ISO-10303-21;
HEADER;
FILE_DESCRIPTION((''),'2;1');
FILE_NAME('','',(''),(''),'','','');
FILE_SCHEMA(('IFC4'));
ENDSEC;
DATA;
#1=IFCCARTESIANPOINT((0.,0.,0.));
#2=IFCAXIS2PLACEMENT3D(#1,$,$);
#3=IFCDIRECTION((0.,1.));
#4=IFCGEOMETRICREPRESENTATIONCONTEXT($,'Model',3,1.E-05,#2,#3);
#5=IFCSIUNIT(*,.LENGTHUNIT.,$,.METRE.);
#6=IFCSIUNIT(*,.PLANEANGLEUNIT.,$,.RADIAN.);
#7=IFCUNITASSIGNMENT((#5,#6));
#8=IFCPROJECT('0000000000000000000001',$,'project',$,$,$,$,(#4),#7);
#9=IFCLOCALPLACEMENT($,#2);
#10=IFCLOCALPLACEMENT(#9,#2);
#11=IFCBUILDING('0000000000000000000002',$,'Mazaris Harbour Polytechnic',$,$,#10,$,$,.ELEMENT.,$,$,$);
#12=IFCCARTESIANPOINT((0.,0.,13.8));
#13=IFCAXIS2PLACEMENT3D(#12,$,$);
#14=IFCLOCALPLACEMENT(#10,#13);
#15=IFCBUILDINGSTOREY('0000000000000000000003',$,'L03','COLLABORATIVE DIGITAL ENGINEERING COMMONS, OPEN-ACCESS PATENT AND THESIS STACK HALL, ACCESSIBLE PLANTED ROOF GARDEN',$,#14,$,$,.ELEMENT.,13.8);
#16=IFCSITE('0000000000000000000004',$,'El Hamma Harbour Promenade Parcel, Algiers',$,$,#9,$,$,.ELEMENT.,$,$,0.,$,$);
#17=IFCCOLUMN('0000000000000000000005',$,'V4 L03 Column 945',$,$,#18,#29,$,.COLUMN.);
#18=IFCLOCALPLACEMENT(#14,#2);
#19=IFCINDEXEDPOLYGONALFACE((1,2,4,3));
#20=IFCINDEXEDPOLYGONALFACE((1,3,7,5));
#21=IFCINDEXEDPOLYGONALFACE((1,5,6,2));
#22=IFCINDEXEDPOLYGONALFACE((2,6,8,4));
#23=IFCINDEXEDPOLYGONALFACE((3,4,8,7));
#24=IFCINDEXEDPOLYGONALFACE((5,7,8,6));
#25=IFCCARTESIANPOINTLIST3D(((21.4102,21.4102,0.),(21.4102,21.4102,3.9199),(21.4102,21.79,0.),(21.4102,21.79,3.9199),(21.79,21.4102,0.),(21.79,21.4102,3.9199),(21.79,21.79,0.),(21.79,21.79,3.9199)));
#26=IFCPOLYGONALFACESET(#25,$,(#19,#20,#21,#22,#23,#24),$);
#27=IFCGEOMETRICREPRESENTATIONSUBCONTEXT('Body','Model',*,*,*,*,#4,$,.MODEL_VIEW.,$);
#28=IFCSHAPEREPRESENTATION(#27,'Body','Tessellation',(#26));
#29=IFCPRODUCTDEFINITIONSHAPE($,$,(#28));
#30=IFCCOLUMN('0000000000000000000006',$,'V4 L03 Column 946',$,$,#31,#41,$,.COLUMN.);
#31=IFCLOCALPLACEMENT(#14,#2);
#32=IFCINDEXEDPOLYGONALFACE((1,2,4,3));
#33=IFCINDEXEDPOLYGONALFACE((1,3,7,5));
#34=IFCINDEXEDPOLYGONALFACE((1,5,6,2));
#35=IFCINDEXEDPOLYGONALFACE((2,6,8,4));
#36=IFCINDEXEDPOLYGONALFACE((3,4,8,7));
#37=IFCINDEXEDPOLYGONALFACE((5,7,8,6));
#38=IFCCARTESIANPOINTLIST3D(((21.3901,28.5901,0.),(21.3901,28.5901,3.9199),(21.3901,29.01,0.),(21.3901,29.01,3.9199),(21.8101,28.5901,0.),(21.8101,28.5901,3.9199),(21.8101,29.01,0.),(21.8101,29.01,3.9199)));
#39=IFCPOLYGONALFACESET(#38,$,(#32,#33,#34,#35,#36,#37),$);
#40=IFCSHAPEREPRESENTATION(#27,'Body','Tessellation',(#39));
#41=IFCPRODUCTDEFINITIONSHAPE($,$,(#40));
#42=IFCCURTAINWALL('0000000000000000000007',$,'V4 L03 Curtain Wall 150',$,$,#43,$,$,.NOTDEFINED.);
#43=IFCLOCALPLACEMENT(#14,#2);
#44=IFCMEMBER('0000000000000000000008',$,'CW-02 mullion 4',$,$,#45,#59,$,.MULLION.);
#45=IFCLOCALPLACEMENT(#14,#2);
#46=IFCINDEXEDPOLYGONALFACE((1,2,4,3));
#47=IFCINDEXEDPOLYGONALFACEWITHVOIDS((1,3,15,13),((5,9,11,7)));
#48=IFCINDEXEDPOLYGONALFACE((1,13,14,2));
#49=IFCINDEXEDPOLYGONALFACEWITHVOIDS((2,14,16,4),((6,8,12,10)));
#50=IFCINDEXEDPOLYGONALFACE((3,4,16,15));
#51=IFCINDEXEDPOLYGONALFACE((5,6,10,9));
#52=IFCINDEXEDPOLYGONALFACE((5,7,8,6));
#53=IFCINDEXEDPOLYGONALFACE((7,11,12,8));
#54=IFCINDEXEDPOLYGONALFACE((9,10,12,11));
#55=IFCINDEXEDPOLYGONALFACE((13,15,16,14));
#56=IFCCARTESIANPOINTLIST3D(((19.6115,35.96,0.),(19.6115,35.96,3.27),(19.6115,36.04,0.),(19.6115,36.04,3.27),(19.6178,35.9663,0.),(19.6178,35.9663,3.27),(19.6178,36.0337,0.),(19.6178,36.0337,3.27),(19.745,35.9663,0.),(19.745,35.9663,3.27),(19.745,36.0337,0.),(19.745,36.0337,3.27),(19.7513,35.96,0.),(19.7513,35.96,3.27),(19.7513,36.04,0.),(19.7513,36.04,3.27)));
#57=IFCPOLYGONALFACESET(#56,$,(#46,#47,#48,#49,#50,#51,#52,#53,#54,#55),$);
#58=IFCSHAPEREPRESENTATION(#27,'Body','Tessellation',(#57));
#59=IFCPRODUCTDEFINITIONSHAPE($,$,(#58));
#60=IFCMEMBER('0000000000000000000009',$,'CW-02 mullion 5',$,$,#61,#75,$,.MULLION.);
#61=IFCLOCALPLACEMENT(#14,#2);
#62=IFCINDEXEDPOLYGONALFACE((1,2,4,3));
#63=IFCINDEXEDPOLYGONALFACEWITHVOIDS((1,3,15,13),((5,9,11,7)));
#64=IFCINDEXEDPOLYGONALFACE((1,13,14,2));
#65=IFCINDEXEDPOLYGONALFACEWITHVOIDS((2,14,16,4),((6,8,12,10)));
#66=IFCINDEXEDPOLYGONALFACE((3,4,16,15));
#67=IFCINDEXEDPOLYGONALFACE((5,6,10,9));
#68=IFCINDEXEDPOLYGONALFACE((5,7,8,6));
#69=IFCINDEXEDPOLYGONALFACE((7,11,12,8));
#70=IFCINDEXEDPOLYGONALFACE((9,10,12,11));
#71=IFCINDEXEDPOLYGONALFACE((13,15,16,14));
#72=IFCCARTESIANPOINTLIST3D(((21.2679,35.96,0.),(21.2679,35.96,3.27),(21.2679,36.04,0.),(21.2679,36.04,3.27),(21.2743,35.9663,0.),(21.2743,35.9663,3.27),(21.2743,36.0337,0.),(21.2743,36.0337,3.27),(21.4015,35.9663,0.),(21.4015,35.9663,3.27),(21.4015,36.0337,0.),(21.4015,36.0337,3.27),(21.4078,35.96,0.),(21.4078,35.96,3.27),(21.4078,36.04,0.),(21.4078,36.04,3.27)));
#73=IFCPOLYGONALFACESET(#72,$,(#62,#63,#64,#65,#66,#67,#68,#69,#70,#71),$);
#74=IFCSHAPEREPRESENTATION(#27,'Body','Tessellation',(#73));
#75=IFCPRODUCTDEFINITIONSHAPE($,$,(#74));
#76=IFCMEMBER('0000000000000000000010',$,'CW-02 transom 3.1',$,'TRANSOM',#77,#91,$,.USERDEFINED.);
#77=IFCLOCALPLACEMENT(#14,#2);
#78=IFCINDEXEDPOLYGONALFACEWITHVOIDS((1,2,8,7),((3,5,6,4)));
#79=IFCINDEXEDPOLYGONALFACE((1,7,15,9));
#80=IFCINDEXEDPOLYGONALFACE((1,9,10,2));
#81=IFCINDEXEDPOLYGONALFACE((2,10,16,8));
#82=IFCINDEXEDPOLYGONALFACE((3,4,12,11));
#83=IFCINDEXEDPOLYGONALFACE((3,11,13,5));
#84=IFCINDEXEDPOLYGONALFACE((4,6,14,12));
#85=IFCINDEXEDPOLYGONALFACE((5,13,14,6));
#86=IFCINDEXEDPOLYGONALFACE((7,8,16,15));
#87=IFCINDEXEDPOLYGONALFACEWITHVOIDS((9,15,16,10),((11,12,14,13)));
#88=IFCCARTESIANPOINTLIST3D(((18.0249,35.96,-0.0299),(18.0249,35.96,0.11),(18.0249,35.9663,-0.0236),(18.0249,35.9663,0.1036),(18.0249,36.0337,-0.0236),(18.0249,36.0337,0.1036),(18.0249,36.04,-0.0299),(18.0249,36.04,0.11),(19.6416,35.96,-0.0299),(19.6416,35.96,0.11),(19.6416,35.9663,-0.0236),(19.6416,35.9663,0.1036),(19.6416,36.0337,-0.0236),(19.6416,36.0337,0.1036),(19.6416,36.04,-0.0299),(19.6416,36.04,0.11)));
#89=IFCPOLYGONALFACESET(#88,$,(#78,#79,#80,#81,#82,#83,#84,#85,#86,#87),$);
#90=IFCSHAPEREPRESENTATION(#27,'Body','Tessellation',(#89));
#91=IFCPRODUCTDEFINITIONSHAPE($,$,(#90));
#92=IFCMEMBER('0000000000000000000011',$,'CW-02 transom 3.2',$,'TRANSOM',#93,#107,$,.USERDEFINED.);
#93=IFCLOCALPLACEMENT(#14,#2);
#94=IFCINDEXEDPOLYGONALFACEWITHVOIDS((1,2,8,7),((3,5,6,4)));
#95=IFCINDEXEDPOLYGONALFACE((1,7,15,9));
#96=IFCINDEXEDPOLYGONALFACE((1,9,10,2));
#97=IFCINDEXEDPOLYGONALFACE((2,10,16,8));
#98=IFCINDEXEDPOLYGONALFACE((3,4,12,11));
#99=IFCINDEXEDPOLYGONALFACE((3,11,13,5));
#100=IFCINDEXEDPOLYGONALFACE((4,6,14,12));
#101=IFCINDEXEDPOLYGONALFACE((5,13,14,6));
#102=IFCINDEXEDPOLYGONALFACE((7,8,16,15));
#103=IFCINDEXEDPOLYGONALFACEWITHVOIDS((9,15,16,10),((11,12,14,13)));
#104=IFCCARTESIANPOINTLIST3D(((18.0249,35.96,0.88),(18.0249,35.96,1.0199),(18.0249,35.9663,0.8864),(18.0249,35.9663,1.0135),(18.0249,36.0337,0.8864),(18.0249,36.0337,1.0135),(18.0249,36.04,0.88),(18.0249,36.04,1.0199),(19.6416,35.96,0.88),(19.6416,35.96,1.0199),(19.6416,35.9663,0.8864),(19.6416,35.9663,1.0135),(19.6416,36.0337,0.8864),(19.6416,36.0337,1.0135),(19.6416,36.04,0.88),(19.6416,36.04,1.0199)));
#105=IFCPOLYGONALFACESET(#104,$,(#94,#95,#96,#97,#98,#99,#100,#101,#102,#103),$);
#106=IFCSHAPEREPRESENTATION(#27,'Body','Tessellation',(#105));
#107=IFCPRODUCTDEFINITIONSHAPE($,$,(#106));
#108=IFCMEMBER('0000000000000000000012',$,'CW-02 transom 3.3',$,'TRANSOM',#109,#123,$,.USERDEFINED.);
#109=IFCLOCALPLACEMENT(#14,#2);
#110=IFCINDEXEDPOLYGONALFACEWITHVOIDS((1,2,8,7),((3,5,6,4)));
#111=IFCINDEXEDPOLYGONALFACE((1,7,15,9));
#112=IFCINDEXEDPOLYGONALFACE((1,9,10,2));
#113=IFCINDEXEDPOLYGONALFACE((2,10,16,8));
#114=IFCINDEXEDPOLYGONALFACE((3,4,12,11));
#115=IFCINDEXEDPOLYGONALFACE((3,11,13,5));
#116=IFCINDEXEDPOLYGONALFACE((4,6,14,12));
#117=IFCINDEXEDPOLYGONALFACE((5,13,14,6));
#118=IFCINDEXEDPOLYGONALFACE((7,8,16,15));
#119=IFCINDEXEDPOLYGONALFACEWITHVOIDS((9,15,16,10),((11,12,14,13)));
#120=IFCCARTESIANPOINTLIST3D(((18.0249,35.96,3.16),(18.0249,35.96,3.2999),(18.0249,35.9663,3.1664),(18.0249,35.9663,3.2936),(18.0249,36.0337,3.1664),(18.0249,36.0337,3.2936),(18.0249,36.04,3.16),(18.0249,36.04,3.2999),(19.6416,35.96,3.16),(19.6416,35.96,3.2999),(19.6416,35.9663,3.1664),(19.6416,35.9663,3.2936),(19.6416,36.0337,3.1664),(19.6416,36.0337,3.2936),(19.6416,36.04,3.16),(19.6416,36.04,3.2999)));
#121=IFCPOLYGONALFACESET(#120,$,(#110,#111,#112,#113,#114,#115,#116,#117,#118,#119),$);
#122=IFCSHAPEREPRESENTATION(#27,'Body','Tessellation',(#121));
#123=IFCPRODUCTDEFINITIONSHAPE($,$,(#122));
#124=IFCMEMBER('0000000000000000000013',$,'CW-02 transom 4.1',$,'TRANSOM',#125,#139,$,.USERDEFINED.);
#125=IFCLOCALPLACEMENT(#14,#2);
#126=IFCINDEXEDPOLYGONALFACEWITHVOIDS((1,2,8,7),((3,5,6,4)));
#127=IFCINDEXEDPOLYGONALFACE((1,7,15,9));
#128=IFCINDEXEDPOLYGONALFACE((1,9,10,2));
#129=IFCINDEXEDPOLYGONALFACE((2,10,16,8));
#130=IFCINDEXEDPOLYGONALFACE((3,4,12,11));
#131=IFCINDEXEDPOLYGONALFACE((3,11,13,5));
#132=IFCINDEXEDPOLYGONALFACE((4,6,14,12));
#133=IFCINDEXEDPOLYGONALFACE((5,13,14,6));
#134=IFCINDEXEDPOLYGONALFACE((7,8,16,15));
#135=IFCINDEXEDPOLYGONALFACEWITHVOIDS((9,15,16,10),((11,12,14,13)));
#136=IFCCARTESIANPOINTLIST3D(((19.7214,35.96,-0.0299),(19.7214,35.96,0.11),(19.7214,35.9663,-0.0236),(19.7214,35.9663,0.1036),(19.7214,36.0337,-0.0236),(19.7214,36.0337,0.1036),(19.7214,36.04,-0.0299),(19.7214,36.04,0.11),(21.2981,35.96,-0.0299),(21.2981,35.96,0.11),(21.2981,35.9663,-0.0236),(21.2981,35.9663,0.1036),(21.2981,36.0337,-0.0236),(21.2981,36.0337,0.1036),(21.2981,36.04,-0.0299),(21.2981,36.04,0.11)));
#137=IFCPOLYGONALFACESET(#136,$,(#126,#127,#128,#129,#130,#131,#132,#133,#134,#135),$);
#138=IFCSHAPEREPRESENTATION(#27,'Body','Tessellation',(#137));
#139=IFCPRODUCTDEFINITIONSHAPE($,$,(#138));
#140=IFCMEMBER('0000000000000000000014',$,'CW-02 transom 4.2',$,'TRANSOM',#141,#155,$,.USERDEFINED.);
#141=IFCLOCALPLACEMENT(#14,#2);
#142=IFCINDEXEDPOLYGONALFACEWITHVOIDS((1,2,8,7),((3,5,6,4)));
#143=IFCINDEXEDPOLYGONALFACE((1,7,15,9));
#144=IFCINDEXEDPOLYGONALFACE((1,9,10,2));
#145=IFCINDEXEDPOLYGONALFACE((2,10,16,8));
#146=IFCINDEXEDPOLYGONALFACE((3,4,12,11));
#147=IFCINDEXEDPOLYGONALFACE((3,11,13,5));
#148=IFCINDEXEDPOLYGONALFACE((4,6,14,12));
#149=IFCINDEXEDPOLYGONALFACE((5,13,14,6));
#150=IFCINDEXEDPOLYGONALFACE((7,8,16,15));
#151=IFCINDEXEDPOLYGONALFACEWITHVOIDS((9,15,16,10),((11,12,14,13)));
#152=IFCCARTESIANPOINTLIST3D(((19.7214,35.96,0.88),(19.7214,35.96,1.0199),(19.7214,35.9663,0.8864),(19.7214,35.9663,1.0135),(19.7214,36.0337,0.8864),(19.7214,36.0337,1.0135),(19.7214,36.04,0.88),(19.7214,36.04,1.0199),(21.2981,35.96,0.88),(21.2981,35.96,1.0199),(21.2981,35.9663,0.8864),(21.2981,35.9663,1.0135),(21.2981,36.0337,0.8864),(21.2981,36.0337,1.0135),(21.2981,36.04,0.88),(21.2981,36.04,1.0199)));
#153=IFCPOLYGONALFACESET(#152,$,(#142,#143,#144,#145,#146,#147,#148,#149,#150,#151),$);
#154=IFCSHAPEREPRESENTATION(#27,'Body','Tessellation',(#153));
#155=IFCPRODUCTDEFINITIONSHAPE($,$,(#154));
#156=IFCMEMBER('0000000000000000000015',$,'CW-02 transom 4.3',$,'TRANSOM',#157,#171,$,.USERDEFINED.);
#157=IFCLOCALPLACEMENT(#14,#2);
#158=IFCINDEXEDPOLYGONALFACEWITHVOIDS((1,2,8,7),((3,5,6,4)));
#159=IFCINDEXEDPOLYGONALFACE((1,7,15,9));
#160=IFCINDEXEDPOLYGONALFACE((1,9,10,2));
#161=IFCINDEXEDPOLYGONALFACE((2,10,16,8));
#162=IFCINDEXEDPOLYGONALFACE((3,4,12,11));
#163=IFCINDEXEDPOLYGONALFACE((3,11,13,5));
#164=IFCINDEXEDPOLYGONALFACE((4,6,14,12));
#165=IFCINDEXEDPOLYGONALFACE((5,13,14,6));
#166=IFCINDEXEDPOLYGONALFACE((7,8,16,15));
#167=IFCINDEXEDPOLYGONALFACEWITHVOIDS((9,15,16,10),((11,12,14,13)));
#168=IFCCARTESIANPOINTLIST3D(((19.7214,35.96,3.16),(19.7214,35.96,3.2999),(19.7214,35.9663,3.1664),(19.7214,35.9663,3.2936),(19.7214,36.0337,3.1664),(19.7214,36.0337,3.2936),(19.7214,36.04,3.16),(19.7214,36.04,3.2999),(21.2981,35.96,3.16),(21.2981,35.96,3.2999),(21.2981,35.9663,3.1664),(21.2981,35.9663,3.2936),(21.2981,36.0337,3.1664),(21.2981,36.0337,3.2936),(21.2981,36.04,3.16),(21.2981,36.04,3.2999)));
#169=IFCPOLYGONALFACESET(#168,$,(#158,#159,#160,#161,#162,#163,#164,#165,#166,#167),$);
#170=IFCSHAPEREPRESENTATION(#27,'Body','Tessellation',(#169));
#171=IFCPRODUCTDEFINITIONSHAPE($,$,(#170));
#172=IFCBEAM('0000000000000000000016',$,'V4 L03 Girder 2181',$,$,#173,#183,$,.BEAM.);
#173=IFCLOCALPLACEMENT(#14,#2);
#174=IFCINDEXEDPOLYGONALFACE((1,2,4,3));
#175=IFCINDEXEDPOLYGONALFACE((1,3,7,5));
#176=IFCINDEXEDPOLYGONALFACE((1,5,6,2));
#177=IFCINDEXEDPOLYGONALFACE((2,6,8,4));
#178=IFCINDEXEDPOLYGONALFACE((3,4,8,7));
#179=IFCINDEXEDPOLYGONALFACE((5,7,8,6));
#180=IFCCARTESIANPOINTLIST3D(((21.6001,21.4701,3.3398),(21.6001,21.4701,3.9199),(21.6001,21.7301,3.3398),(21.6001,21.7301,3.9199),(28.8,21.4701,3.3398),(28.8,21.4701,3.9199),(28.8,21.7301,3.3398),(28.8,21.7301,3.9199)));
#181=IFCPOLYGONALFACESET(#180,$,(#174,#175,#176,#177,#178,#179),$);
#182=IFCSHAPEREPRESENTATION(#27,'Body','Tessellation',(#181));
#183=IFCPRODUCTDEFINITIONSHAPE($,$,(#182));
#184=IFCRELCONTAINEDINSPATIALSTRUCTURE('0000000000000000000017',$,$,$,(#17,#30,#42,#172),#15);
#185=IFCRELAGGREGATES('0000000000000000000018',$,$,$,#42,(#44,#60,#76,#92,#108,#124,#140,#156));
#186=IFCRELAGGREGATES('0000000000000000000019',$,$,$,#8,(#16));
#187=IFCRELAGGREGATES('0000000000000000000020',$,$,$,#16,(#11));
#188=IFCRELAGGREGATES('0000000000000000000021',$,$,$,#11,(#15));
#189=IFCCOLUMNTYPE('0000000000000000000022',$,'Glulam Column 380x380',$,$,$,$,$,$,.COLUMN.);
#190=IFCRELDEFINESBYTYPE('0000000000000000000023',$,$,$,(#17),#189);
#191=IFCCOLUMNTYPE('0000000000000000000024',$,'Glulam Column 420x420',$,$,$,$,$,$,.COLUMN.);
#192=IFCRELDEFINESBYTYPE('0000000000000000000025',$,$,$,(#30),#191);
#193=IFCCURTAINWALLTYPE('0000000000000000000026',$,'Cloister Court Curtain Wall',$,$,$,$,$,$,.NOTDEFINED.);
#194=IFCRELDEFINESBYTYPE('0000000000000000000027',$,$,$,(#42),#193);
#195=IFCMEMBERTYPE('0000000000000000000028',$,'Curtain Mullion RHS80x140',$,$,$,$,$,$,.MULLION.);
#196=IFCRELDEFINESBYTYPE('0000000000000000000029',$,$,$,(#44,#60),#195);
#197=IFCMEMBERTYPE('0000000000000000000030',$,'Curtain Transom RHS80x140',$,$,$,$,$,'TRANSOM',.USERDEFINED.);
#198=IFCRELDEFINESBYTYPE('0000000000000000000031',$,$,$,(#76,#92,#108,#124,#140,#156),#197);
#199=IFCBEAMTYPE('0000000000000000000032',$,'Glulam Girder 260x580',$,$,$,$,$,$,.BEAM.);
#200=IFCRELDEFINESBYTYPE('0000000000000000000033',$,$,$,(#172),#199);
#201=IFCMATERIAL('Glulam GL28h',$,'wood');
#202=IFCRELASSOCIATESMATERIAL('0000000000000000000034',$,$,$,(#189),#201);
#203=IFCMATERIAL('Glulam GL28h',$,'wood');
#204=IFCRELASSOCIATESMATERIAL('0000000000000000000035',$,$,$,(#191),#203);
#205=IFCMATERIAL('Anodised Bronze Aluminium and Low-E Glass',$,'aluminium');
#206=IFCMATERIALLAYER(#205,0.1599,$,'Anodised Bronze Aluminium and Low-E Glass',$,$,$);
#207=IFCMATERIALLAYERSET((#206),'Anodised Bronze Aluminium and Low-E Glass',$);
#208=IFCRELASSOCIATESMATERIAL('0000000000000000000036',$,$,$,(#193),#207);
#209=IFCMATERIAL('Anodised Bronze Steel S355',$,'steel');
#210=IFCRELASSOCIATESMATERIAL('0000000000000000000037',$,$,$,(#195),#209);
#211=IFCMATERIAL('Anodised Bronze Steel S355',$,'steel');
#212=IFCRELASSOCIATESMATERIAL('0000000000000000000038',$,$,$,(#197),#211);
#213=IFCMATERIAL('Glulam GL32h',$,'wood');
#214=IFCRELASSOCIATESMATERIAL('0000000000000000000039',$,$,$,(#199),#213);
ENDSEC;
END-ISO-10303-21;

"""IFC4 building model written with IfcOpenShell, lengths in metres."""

from ifc_helpers import new_model, si_unit, direction, frame, origin, origin_2d, place, context, subcontext, project, spatial, rectangle, hollow_rectangle, extrude, material, layer, layer_set, material_profile, profile_set, type_object, element, aggregate, save


model = new_model("IFC4")

# Units and contexts
model_context = context("Model", 3, precision=1e-05, world=origin(), true_north=direction((0.0, 1.0)))
body_context = subcontext(model_context, "Body", "Model", "MODEL_VIEW")
ifc_project = project(units=[si_unit("LENGTHUNIT", "METRE"), si_unit("PLANEANGLEUNIT", "RADIAN")], contexts=[model_context])

# Site, building, storey
site_placement = place(None, origin())
site = spatial("IfcSite", under=ifc_project, at=site_placement, Name="El Hamma Harbour Promenade Parcel, Algiers", CompositionType="ELEMENT", RefElevation=0.0)
building_placement = place(site_placement, origin())
building = spatial("IfcBuilding", under=site, at=building_placement, Name="Mazaris Harbour Polytechnic", CompositionType="ELEMENT")
storey_placement = place(building_placement, frame((0.0, 0.0, 13.8)))
storey = spatial("IfcBuildingStorey", under=building, at=storey_placement, Name="L03", Description="COLLABORATIVE DIGITAL ENGINEERING COMMONS, OPEN-ACCESS PATENT AND THESIS STACK HALL, ACCESSIBLE PLANTED ROOF GARDEN", CompositionType="ELEMENT", Elevation=13.8)

# Columns
ifc_material_1 = material(Name="Glulam GL28h", Category="wood")
ifc_material_profile_1 = material_profile(ifc_material_1, rectangle(XDim=0.3799, YDim=0.3799, at=origin_2d()), Name="RECT380x380")
ifc_profile_set_1 = profile_set([ifc_material_profile_1], Name="Glulam GL28h")
column_type_1 = type_object("IfcColumnType", Name="Glulam Column 380x380", PredefinedType="COLUMN", material=ifc_profile_set_1)
column_1_placement = place(storey_placement, frame((21.6001, 21.6001, 0.0), z_axis=(0.0, 0.0, 1.0), x_axis=(1.0, 0.0, 0.0)))
element("IfcColumn", 1, at=column_1_placement, inside=storey, type_object=column_type_1, Name="V4 L03 Column 945", PredefinedType="COLUMN", context=body_context, shape_type="SweptSolid", body=[
    extrude(rectangle(XDim=0.3799, YDim=0.3799, at=origin_2d()), origin(), (0.0, 0.0, 1.0), 3.9199),
])
ifc_material_2 = material(Name="Glulam GL28h", Category="wood")
ifc_material_profile_2 = material_profile(ifc_material_2, rectangle(XDim=0.4199, YDim=0.4199, at=origin_2d()), Name="RECT420x420")
ifc_profile_set_2 = profile_set([ifc_material_profile_2], Name="Glulam GL28h")
column_type_2 = type_object("IfcColumnType", Name="Glulam Column 420x420", PredefinedType="COLUMN", material=ifc_profile_set_2)
column_2_placement = place(storey_placement, frame((21.6001, 28.8, 0.0), z_axis=(0.0, 0.0, 1.0), x_axis=(1.0, 0.0, 0.0)))
element("IfcColumn", 2, at=column_2_placement, inside=storey, type_object=column_type_2, Name="V4 L03 Column 946", PredefinedType="COLUMN", context=body_context, shape_type="SweptSolid", body=[
    extrude(rectangle(XDim=0.4199, YDim=0.4199, at=origin_2d()), origin(), (0.0, 0.0, 1.0), 3.9199),
])

# Curtain wall, members
ifc_material_3 = material(Name="Anodised Bronze Aluminium and Low-E Glass", Category="aluminium")
ifc_layer_1 = layer(ifc_material_3, 0.1599, Name="Anodised Bronze Aluminium and Low-E Glass")
ifc_layer_set_1 = layer_set([ifc_layer_1], Name="Anodised Bronze Aluminium and Low-E Glass")
curtain_wall_type = type_object("IfcCurtainWallType", Name="Cloister Court Curtain Wall", PredefinedType="NOTDEFINED", material=ifc_layer_set_1)
curtain_wall_placement = place(storey_placement, origin())
curtain_wall = element("IfcCurtainWall", 3, at=curtain_wall_placement, inside=storey, type_object=curtain_wall_type, Name="V4 L03 Curtain Wall 150", PredefinedType="NOTDEFINED")
ifc_material_4 = material(Name="Anodised Bronze Steel S355", Category="steel")
ifc_material_profile_3 = material_profile(ifc_material_4, hollow_rectangle(XDim=0.0801, YDim=0.1399, WallThickness=0.0063, at=origin_2d()), Name="RHS 80x140x6.3")
ifc_profile_set_3 = profile_set([ifc_material_profile_3], Name="Anodised Bronze Steel S355")
member_type_1 = type_object("IfcMemberType", Name="Curtain Mullion RHS80x140", PredefinedType="MULLION", material=ifc_profile_set_3)
member_1_placement = place(storey_placement, frame((19.6814, 36.0, 0.0), z_axis=(0.0, 0.0, 1.0), x_axis=(0.0, 1.0, 0.0)))
member_1 = element("IfcMember", 4, at=member_1_placement, type_object=member_type_1, Name="CW-02 mullion 4", PredefinedType="MULLION", context=body_context, shape_type="SweptSolid", body=[
    extrude(hollow_rectangle(XDim=0.0801, YDim=0.1399, WallThickness=0.0063, at=origin_2d()), origin(), (0.0, 0.0, 1.0), 3.27),
])
member_2_placement = place(storey_placement, frame((21.3379, 36.0, 0.0), z_axis=(0.0, 0.0, 1.0), x_axis=(0.0, 1.0, 0.0)))
member_2 = element("IfcMember", 5, at=member_2_placement, type_object=member_type_1, Name="CW-02 mullion 5", PredefinedType="MULLION", context=body_context, shape_type="SweptSolid", body=[
    extrude(hollow_rectangle(XDim=0.0801, YDim=0.1399, WallThickness=0.0063, at=origin_2d()), origin(), (0.0, 0.0, 1.0), 3.27),
])
ifc_material_5 = material(Name="Anodised Bronze Steel S355", Category="steel")
ifc_material_profile_4 = material_profile(ifc_material_5, hollow_rectangle(XDim=0.0801, YDim=0.1399, WallThickness=0.0063, at=origin_2d()), Name="RHS 80x140x6.3")
ifc_profile_set_4 = profile_set([ifc_material_profile_4], Name="Anodised Bronze Steel S355")
member_type_2 = type_object("IfcMemberType", Name="Curtain Transom RHS80x140", ElementType="TRANSOM", PredefinedType="USERDEFINED", material=ifc_profile_set_4)
member_3_placement = place(storey_placement, frame((18.0249, 36.0, 0.04), z_axis=(1.0, 0.0, 0.0), x_axis=(0.0, 1.0, 0.0)))
member_3 = element("IfcMember", 6, at=member_3_placement, type_object=member_type_2, Name="CW-02 transom 3.1", ObjectType="TRANSOM", PredefinedType="USERDEFINED", context=body_context, shape_type="SweptSolid", body=[
    extrude(hollow_rectangle(XDim=0.0801, YDim=0.1399, WallThickness=0.0063, at=origin_2d()), origin(), (0.0, 0.0, 1.0), 1.6167),
])
member_4_placement = place(storey_placement, frame((18.0249, 36.0, 0.95), z_axis=(1.0, 0.0, 0.0), x_axis=(0.0, 1.0, 0.0)))
member_4 = element("IfcMember", 7, at=member_4_placement, type_object=member_type_2, Name="CW-02 transom 3.2", ObjectType="TRANSOM", PredefinedType="USERDEFINED", context=body_context, shape_type="SweptSolid", body=[
    extrude(hollow_rectangle(XDim=0.0801, YDim=0.1399, WallThickness=0.0063, at=origin_2d()), origin(), (0.0, 0.0, 1.0), 1.6167),
])
member_5_placement = place(storey_placement, frame((18.0249, 36.0, 3.23), z_axis=(1.0, 0.0, 0.0), x_axis=(0.0, 1.0, 0.0)))
member_5 = element("IfcMember", 8, at=member_5_placement, type_object=member_type_2, Name="CW-02 transom 3.3", ObjectType="TRANSOM", PredefinedType="USERDEFINED", context=body_context, shape_type="SweptSolid", body=[
    extrude(hollow_rectangle(XDim=0.0801, YDim=0.1399, WallThickness=0.0063, at=origin_2d()), origin(), (0.0, 0.0, 1.0), 1.6167),
])
member_6_placement = place(storey_placement, frame((19.7214, 36.0, 0.04), z_axis=(1.0, 0.0, 0.0), x_axis=(0.0, 1.0, 0.0)))
member_6 = element("IfcMember", 9, at=member_6_placement, type_object=member_type_2, Name="CW-02 transom 4.1", ObjectType="TRANSOM", PredefinedType="USERDEFINED", context=body_context, shape_type="SweptSolid", body=[
    extrude(hollow_rectangle(XDim=0.0801, YDim=0.1399, WallThickness=0.0063, at=origin_2d()), origin(), (0.0, 0.0, 1.0), 1.5767),
])
member_7_placement = place(storey_placement, frame((19.7214, 36.0, 0.95), z_axis=(1.0, 0.0, 0.0), x_axis=(0.0, 1.0, 0.0)))
member_7 = element("IfcMember", 10, at=member_7_placement, type_object=member_type_2, Name="CW-02 transom 4.2", ObjectType="TRANSOM", PredefinedType="USERDEFINED", context=body_context, shape_type="SweptSolid", body=[
    extrude(hollow_rectangle(XDim=0.0801, YDim=0.1399, WallThickness=0.0063, at=origin_2d()), origin(), (0.0, 0.0, 1.0), 1.5767),
])
member_8_placement = place(storey_placement, frame((19.7214, 36.0, 3.23), z_axis=(1.0, 0.0, 0.0), x_axis=(0.0, 1.0, 0.0)))
member_8 = element("IfcMember", 11, at=member_8_placement, type_object=member_type_2, Name="CW-02 transom 4.3", ObjectType="TRANSOM", PredefinedType="USERDEFINED", context=body_context, shape_type="SweptSolid", body=[
    extrude(hollow_rectangle(XDim=0.0801, YDim=0.1399, WallThickness=0.0063, at=origin_2d()), origin(), (0.0, 0.0, 1.0), 1.5767),
])

# Beam
ifc_material_6 = material(Name="Glulam GL32h", Category="wood")
ifc_material_profile_5 = material_profile(ifc_material_6, rectangle(XDim=0.26, YDim=0.5801, at=origin_2d()), Name="RECT260x580")
ifc_profile_set_5 = profile_set([ifc_material_profile_5], Name="Glulam GL32h")
beam_type_1 = type_object("IfcBeamType", Name="Glulam Girder 260x580", PredefinedType="BEAM", material=ifc_profile_set_5)
beam_1_placement = place(storey_placement, frame((21.6001, 21.6001, 3.6299), z_axis=(1.0, 0.0, 0.0), x_axis=(0.0, 1.0, 0.0)))
element("IfcBeam", 12, at=beam_1_placement, inside=storey, type_object=beam_type_1, Name="V4 L03 Girder 2181", PredefinedType="BEAM", context=body_context, shape_type="SweptSolid", body=[
    extrude(rectangle(XDim=0.26, YDim=0.5801, at=origin_2d()), origin(), (0.0, 0.0, 1.0), 7.2),
])

aggregate(curtain_wall, [member_1, member_2, member_3, member_4, member_5, member_6, member_7, member_8])

save(model, "model.ifc")
